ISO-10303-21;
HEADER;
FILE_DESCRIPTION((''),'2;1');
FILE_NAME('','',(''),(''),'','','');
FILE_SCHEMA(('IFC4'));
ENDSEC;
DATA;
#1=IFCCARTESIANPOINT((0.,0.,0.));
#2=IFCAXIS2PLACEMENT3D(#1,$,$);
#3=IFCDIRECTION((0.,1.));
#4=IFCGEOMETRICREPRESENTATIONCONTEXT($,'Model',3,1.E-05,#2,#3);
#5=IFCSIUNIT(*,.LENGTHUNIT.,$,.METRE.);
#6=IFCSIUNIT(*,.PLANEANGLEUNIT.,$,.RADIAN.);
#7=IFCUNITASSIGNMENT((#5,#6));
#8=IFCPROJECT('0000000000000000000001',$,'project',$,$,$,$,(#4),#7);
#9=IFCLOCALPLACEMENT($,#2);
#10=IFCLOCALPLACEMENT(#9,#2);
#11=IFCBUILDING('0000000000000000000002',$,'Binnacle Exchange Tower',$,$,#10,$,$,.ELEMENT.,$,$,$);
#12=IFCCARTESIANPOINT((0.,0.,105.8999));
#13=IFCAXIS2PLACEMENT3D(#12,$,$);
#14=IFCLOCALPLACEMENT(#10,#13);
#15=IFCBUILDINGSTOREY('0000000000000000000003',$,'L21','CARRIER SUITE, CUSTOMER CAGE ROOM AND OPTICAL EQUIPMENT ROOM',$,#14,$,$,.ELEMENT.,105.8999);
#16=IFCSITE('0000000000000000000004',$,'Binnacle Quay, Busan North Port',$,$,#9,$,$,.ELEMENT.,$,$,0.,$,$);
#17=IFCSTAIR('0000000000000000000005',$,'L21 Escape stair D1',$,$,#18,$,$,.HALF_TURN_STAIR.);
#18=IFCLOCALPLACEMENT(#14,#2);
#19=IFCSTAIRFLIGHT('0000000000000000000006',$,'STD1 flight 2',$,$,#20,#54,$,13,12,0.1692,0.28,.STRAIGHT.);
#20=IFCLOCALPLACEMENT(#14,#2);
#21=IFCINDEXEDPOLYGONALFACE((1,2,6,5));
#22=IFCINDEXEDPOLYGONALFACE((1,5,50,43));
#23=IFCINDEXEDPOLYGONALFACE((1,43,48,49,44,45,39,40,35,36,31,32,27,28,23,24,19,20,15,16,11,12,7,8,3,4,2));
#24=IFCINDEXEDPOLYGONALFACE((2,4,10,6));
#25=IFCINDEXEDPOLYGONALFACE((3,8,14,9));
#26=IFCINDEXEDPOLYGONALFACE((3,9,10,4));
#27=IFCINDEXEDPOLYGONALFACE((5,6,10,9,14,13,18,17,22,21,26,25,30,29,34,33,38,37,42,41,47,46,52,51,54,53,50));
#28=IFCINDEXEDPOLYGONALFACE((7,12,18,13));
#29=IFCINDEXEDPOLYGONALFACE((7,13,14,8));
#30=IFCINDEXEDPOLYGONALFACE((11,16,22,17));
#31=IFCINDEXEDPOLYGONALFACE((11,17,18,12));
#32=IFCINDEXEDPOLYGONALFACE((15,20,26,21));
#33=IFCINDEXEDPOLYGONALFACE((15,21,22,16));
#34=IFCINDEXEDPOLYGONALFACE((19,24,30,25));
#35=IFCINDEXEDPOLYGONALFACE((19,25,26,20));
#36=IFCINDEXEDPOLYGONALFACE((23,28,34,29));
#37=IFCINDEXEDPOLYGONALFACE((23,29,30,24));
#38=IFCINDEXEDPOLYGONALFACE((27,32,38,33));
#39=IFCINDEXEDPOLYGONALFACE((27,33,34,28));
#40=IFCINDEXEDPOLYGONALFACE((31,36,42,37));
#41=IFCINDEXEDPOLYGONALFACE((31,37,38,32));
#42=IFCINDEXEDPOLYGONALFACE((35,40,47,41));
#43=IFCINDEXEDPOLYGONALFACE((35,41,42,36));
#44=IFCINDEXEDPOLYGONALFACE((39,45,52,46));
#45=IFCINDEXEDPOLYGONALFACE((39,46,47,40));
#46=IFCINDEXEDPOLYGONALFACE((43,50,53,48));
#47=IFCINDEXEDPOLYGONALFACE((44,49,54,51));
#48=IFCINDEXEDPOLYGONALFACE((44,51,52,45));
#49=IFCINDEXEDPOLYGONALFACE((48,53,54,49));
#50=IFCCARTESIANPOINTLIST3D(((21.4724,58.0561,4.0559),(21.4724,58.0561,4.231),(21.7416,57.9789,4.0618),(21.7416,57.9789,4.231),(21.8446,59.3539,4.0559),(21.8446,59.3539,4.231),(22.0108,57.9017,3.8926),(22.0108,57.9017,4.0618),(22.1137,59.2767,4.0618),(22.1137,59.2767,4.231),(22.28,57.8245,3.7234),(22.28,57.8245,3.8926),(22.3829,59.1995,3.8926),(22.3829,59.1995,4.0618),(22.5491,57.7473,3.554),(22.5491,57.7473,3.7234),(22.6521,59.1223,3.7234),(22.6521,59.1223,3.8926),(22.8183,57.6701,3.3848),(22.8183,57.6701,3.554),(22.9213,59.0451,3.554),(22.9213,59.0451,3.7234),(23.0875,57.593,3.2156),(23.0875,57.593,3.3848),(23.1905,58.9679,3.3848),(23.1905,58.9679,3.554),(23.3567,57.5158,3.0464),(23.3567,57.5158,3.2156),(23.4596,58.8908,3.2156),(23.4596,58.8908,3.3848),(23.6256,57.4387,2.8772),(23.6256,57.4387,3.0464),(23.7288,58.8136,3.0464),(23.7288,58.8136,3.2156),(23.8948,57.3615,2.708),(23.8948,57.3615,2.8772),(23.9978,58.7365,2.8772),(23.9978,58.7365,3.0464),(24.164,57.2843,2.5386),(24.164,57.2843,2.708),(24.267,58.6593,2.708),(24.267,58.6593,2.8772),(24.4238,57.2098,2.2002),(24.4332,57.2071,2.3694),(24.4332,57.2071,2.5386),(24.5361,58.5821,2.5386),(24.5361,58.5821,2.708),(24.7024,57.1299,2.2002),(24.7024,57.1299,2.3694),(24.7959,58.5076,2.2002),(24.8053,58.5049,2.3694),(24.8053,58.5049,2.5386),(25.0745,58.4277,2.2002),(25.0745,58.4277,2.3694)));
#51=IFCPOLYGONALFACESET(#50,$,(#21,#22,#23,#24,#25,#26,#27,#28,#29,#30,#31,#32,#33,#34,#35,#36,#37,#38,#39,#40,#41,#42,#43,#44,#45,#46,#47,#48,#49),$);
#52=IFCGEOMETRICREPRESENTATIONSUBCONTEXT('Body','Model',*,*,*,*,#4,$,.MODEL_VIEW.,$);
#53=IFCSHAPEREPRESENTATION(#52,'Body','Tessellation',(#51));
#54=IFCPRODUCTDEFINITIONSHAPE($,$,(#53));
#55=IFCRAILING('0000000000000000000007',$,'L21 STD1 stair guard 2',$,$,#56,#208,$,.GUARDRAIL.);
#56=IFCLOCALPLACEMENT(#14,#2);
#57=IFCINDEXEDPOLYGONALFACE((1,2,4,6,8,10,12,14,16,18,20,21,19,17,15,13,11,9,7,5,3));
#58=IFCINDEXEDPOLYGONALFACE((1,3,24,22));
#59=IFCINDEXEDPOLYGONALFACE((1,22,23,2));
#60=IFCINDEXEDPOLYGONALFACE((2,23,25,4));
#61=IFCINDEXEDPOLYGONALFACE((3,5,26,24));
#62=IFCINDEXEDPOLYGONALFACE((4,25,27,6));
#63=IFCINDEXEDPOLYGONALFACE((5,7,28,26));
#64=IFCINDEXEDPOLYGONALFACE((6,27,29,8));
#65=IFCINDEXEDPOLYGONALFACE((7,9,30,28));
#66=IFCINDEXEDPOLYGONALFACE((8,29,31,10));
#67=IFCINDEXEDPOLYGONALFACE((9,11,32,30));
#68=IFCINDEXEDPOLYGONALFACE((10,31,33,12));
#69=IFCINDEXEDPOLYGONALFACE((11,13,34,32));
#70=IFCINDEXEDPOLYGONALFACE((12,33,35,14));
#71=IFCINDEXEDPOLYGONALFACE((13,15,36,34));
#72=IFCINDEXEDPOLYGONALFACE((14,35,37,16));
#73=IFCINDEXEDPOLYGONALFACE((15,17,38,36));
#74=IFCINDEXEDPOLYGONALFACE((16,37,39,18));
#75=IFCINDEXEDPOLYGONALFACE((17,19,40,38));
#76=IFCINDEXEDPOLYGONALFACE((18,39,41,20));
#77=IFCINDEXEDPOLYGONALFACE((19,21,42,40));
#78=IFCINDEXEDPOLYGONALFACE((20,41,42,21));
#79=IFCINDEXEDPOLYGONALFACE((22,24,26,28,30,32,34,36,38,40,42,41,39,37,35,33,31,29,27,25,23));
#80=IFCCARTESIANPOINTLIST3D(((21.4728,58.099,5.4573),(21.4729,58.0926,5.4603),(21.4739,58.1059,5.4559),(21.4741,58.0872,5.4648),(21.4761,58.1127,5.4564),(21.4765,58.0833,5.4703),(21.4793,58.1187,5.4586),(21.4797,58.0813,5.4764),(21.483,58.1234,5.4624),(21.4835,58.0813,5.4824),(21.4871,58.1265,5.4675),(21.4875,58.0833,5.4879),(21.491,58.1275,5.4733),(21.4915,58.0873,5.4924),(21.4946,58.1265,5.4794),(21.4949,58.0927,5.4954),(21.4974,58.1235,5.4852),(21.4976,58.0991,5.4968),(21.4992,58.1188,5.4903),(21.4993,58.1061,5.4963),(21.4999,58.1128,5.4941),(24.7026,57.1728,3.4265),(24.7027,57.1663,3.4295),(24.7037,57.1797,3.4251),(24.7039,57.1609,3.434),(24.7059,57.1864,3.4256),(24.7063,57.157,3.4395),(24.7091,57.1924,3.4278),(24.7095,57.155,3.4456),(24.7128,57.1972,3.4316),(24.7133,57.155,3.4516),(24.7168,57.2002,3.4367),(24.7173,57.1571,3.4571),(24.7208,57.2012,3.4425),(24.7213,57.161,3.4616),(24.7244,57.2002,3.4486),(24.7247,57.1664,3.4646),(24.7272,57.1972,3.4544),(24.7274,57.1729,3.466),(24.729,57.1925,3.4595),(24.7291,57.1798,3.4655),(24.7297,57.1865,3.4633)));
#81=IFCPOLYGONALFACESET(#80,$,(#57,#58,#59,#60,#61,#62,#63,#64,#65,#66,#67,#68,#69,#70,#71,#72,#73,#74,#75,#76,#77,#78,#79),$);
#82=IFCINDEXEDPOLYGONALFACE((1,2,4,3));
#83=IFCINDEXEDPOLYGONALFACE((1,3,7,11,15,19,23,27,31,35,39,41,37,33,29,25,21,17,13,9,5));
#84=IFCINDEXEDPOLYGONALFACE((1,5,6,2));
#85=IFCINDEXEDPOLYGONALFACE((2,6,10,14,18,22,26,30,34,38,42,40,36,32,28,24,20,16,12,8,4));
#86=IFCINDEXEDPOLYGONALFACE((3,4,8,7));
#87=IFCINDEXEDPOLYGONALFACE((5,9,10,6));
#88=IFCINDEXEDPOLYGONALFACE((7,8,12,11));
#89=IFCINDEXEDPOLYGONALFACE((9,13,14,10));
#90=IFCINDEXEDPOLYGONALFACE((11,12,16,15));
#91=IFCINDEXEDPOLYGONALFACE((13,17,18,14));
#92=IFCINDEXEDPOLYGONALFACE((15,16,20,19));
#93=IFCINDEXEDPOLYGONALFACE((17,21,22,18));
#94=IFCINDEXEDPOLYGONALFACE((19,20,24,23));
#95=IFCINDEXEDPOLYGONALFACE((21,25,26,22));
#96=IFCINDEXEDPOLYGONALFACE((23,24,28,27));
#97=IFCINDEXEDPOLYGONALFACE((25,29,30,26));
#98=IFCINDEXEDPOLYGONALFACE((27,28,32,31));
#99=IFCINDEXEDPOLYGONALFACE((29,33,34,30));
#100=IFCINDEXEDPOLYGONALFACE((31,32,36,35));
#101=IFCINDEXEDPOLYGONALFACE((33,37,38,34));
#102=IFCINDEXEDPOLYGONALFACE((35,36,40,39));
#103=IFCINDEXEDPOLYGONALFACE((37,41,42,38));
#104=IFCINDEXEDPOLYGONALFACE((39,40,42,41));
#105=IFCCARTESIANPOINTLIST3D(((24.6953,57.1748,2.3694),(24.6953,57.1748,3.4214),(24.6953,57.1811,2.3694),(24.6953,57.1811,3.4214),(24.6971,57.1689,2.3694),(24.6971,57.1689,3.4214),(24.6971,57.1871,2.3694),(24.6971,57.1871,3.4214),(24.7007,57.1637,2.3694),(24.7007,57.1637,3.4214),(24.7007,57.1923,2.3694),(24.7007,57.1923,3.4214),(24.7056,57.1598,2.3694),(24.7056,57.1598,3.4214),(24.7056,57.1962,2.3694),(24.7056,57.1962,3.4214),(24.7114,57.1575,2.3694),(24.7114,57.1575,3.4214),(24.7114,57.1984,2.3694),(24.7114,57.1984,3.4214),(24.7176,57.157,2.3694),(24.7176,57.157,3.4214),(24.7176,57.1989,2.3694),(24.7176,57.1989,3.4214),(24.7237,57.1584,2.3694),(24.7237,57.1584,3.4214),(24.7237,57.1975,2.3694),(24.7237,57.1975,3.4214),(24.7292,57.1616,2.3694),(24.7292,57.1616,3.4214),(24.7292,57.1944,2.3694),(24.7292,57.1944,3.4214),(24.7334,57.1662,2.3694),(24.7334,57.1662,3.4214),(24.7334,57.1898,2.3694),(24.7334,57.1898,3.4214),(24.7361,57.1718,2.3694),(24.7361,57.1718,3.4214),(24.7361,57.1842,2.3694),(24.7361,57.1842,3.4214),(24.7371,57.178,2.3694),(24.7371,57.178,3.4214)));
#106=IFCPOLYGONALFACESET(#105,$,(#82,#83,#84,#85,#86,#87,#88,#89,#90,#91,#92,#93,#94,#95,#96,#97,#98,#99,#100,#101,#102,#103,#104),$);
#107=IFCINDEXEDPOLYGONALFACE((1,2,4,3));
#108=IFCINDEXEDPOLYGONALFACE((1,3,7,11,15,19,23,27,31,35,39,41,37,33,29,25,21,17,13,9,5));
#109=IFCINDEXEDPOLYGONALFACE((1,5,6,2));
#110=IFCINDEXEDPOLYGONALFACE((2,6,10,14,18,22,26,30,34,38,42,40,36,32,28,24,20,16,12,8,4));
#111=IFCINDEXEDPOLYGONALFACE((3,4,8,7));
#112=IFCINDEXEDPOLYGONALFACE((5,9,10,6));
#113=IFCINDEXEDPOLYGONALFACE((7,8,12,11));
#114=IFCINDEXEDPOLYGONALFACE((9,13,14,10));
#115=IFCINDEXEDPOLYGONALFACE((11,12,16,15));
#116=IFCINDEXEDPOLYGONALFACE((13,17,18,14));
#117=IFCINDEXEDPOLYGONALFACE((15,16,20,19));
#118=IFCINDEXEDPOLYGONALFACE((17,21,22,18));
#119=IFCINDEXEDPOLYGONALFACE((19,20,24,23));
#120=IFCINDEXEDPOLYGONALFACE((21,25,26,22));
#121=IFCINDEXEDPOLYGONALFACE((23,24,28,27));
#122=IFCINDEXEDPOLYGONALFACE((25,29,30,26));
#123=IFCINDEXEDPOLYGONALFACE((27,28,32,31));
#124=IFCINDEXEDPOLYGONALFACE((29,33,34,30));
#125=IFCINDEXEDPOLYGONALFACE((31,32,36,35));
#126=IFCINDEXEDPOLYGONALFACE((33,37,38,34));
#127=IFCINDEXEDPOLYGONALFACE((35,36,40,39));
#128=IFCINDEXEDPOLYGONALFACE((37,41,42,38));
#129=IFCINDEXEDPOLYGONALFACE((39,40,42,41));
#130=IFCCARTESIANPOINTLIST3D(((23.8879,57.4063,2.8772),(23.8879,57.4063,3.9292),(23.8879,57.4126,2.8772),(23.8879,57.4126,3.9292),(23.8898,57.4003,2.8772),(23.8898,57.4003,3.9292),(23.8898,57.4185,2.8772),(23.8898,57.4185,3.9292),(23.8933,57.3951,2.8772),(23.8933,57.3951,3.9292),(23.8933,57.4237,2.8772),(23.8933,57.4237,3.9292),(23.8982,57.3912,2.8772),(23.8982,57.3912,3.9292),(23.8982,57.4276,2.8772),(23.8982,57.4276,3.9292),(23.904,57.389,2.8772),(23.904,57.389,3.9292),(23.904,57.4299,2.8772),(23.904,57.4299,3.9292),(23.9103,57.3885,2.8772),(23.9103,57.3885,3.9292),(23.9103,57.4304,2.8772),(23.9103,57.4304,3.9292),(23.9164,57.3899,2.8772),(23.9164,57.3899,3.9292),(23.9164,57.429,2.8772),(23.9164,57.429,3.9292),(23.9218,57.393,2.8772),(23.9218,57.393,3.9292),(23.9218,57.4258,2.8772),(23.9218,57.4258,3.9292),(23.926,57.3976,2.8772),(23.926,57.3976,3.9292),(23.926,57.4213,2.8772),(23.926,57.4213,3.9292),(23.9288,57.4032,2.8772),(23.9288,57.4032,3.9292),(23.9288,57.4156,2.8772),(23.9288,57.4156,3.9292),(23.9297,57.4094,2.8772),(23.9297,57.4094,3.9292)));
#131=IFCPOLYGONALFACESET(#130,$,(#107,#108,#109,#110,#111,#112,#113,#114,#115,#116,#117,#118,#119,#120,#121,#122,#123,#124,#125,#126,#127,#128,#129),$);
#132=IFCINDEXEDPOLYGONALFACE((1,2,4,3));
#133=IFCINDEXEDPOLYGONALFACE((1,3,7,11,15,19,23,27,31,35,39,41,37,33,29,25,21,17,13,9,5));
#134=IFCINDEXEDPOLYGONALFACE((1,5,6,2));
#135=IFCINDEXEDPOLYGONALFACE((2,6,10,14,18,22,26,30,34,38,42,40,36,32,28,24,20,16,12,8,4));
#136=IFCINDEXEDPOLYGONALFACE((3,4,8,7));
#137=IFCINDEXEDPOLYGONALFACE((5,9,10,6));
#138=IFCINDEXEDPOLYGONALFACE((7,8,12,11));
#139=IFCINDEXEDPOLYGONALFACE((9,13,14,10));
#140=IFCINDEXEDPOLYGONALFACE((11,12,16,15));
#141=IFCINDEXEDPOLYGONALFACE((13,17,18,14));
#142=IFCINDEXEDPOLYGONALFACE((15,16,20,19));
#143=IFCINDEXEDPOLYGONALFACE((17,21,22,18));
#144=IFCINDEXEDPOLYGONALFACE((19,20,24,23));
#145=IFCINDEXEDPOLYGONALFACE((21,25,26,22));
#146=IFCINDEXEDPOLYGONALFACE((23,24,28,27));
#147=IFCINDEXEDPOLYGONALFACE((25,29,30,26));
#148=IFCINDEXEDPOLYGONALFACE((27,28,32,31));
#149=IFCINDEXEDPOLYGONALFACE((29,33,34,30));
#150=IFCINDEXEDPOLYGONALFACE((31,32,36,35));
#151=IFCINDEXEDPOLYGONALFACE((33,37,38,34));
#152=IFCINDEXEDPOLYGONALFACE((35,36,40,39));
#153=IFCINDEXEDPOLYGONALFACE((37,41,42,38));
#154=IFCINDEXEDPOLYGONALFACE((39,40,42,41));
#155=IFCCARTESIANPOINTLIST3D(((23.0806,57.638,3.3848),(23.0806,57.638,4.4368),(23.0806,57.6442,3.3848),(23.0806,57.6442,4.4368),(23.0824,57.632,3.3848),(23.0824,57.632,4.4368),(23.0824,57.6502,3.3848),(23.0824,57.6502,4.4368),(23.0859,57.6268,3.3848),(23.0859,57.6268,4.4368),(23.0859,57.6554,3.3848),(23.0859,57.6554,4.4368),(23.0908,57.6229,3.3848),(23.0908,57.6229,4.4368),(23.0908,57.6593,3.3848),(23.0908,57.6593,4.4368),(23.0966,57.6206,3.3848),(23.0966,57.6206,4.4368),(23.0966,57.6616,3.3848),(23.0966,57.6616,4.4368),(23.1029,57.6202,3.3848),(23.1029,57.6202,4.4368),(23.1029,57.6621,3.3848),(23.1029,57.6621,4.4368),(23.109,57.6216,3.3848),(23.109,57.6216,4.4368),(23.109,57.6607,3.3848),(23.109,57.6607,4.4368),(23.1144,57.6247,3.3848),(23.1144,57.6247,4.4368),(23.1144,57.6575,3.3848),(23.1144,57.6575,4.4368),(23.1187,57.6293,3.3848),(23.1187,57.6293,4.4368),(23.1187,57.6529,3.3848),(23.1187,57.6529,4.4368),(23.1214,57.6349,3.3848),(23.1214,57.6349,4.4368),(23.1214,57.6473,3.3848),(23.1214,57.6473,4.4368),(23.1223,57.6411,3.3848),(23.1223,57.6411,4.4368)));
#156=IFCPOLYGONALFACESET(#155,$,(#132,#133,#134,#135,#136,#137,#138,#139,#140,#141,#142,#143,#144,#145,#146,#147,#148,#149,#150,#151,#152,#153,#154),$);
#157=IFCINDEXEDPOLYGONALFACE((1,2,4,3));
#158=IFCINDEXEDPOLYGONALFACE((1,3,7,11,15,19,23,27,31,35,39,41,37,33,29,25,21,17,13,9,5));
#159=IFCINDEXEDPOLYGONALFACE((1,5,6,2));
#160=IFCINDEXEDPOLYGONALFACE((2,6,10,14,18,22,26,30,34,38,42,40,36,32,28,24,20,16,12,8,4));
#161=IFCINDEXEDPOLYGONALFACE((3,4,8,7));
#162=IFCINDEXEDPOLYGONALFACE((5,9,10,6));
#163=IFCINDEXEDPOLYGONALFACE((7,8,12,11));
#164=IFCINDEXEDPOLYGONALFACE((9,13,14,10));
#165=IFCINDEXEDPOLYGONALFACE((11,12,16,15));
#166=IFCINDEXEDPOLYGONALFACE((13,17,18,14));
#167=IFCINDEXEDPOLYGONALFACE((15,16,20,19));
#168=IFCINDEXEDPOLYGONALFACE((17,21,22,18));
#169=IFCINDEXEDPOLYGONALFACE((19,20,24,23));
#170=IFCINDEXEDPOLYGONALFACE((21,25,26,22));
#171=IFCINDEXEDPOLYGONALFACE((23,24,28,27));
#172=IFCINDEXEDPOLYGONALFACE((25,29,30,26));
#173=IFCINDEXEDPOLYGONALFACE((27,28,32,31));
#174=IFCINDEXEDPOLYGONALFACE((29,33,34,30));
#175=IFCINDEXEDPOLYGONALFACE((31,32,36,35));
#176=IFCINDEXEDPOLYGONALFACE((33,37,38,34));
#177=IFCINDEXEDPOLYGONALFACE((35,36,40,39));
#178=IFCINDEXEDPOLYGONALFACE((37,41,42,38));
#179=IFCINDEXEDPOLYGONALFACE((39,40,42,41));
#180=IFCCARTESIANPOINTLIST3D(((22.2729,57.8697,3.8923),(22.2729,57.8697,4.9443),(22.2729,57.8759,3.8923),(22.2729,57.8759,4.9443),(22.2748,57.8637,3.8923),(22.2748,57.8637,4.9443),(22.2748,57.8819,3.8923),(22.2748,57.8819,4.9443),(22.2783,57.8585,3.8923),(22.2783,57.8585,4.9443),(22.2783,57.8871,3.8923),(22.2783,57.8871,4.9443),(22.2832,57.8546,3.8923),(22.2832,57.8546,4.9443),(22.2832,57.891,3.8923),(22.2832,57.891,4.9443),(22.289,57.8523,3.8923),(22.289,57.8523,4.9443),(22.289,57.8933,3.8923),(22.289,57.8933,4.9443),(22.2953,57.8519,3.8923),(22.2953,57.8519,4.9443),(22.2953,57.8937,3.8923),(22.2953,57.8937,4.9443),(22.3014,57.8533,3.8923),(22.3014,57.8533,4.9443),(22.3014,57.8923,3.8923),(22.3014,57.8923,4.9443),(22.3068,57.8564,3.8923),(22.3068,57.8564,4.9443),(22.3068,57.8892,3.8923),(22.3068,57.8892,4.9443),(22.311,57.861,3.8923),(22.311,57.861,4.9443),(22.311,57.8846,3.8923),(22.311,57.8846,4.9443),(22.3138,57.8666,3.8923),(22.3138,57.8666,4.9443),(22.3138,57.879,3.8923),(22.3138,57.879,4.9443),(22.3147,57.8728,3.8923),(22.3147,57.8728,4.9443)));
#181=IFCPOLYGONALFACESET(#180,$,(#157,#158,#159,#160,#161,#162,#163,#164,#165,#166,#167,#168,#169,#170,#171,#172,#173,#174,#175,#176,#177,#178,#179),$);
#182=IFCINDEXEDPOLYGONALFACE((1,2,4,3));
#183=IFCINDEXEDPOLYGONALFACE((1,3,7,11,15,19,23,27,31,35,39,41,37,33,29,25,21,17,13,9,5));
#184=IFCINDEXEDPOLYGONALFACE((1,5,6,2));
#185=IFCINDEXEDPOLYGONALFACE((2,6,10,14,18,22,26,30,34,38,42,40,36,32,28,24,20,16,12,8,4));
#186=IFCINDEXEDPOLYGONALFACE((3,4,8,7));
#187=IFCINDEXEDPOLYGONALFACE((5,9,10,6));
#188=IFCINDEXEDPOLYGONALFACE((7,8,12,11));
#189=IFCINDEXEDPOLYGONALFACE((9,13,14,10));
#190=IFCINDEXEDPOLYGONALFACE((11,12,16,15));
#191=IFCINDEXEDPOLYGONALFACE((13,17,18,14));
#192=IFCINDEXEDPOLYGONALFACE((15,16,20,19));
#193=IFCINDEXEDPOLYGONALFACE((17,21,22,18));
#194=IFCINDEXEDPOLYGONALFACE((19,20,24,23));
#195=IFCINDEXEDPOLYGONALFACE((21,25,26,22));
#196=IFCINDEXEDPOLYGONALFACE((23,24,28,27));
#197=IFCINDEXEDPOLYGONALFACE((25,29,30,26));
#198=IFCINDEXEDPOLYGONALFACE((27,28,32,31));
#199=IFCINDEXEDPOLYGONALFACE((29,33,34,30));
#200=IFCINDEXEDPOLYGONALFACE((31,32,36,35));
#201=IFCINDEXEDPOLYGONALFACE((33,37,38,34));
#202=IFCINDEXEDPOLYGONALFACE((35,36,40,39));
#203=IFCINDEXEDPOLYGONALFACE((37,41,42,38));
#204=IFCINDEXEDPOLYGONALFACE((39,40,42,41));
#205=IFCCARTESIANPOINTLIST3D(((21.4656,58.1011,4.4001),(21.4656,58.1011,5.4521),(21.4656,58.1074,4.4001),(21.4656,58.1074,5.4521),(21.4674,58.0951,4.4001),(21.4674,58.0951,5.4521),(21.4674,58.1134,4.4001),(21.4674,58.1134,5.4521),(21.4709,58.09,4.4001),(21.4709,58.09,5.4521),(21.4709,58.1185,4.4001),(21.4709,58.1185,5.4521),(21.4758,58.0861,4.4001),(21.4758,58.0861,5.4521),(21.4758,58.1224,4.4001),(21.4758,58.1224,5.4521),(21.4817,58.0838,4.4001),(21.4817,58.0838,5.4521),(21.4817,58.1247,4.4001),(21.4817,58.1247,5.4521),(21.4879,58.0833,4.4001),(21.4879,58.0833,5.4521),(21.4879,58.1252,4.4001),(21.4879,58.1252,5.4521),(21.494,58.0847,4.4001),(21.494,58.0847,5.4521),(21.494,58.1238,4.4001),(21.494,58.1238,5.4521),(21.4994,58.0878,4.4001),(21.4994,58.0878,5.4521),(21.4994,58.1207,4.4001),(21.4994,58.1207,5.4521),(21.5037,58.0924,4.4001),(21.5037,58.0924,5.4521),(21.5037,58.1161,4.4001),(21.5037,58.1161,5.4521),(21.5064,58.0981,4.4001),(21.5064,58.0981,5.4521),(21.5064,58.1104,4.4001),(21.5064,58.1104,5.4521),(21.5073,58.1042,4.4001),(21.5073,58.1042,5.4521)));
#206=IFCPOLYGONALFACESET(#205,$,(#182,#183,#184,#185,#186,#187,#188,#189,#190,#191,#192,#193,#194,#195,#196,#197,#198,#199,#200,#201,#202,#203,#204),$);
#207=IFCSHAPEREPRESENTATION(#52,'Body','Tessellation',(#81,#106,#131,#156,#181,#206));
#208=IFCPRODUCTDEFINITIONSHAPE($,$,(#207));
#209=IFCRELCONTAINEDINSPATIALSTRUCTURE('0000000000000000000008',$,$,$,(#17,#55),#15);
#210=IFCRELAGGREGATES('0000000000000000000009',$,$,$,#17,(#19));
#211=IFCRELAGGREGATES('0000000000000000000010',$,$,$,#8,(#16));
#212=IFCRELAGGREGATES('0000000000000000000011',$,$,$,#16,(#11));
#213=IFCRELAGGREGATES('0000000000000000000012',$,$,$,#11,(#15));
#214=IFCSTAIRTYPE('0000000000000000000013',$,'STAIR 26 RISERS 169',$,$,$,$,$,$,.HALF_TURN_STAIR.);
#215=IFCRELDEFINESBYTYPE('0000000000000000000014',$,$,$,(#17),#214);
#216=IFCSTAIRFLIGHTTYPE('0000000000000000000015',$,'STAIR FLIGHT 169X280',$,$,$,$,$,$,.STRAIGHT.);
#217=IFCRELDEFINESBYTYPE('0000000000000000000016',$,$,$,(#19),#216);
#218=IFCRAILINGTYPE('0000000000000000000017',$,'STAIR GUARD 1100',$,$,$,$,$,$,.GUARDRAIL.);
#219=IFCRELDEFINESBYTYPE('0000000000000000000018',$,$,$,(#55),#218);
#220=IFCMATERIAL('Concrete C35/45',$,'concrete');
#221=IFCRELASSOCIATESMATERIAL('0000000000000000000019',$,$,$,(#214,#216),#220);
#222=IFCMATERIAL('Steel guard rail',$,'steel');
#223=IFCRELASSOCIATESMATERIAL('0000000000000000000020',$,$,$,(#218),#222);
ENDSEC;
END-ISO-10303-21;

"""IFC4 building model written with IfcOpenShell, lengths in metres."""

from ifc_helpers import new_model, si_unit, direction, frame, origin, origin_2d, place, context, subcontext, project, spatial, polyline, circle, outline, extrude, material, type_object, element, aggregate, save


model = new_model("IFC4")

# Units and contexts
model_context = context("Model", 3, precision=1e-05, world=origin(), true_north=direction((0.0, 1.0)))
body_context = subcontext(model_context, "Body", "Model", "MODEL_VIEW")
ifc_project = project(units=[si_unit("LENGTHUNIT", "METRE"), si_unit("PLANEANGLEUNIT", "RADIAN")], contexts=[model_context])

# Site, building, storey
site_placement = place(None, origin())
site = spatial("IfcSite", under=ifc_project, at=site_placement, Name="Binnacle Quay, Busan North Port", CompositionType="ELEMENT", RefElevation=0.0)
building_placement = place(site_placement, origin())
building = spatial("IfcBuilding", under=site, at=building_placement, Name="Binnacle Exchange Tower", CompositionType="ELEMENT")
storey_placement = place(building_placement, frame((0.0, 0.0, 105.8999)))
storey = spatial("IfcBuildingStorey", under=building, at=storey_placement, Name="L21", Description="CARRIER SUITE, CUSTOMER CAGE ROOM AND OPTICAL EQUIPMENT ROOM", CompositionType="ELEMENT", Elevation=105.8999)

# Stair, stair flight
ifc_material_1 = material(Name="Concrete C35/45", Category="concrete")
stair_type = type_object("IfcStairType", Name="STAIR 26 RISERS 169", PredefinedType="HALF_TURN_STAIR", material=ifc_material_1)
stair_placement = place(storey_placement, origin())
stair = element("IfcStair", 1, at=stair_placement, inside=storey, type_object=stair_type, Name="L21 Escape stair D1", PredefinedType="HALF_TURN_STAIR")
stair_flight_type = type_object("IfcStairFlightType", Name="STAIR FLIGHT 169X280", PredefinedType="STRAIGHT", material=ifc_material_1)
stair_flight_1_placement = place(storey_placement, frame((24.8884, 57.7788, 2.2002), z_axis=(0.0, 0.0, 1.0), x_axis=(-0.961262, 0.275637, 0.0)))
stair_flight_1 = element("IfcStairFlight", 2, at=stair_flight_1_placement, type_object=stair_flight_type, Name="STD1 flight 2", NumberOfRisers=13, NumberOfTreads=12, PredefinedType="STRAIGHT", RiserHeight=0.1692, TreadLength=0.28, context=body_context, shape_type="SweptSolid", body=[
    extrude(outline(polyline([(0.0, 0.0), (0.0, 0.1692), (0.28, 0.1692), (0.28, 0.3384), (0.5601, 0.3384), (0.5601, 0.5078), (0.8401, 0.5078), (0.8401, 0.677), (1.1201, 0.677), (1.1201, 0.8462), (1.3999, 0.8462), (1.3999, 1.0154), (1.6799, 1.0154), (1.6799, 1.1846), (1.96, 1.1846), (1.96, 1.3538), (2.24, 1.3538), (2.24, 1.5232), (2.52, 1.5232), (2.52, 1.6924), (2.8, 1.6924), (2.8, 1.8616), (3.0801, 1.8616), (3.0801, 2.0308), (3.3601, 2.0308), (3.3601, 2.2), (3.3601, 1.8557), (0.2898, 0.0), (0.0, 0.0)])), frame((0.0, 0.675, 0.0), z_axis=(0.0, -1.0, 0.0), x_axis=(1.0, 0.0, 0.0)), (0.0, 0.0, 1.0), 1.3501),
])
aggregate(stair, [stair_flight_1])

# Railing
ifc_material_2 = material(Name="Steel guard rail", Category="steel")
railing_type_1 = type_object("IfcRailingType", Name="STAIR GUARD 1100", PredefinedType="GUARDRAIL", material=ifc_material_2)
railing_1_placement = place(storey_placement, frame((24.7161, 57.178, 2.3694)))
element("IfcRailing", 3, at=railing_1_placement, inside=storey, type_object=railing_type_1, Name="L21 STD1 stair guard 2", PredefinedType="GUARDRAIL", context=body_context, shape_type="SweptSolid", body=[
    extrude(circle(Radius=0.0239, at=origin_2d()), frame((0.0, 0.0, 1.0762), z_axis=(-0.822661, 0.235935, 0.517265), x_axis=(-0.275681, -0.961249, 0.0)), (0.0, 0.0, 1.0), 3.926),
    extrude(circle(Radius=0.021, at=origin_2d()), origin(), (0.0, 0.0, 1.0), 1.052),
    extrude(circle(Radius=0.021, at=origin_2d()), frame((-0.8074, 0.2314, 0.5078)), (0.0, 0.0, 1.0), 1.052),
    extrude(circle(Radius=0.021, at=origin_2d()), frame((-1.6147, 0.4631, 1.0154)), (0.0, 0.0, 1.0), 1.052),
    extrude(circle(Radius=0.021, at=origin_2d()), frame((-2.4224, 0.6948, 1.5229)), (0.0, 0.0, 1.0), 1.052),
    extrude(circle(Radius=0.021, at=origin_2d()), frame((-3.2297, 0.9263, 2.0308)), (0.0, 0.0, 1.0), 1.052),
])

save(model, "model.ifc")
